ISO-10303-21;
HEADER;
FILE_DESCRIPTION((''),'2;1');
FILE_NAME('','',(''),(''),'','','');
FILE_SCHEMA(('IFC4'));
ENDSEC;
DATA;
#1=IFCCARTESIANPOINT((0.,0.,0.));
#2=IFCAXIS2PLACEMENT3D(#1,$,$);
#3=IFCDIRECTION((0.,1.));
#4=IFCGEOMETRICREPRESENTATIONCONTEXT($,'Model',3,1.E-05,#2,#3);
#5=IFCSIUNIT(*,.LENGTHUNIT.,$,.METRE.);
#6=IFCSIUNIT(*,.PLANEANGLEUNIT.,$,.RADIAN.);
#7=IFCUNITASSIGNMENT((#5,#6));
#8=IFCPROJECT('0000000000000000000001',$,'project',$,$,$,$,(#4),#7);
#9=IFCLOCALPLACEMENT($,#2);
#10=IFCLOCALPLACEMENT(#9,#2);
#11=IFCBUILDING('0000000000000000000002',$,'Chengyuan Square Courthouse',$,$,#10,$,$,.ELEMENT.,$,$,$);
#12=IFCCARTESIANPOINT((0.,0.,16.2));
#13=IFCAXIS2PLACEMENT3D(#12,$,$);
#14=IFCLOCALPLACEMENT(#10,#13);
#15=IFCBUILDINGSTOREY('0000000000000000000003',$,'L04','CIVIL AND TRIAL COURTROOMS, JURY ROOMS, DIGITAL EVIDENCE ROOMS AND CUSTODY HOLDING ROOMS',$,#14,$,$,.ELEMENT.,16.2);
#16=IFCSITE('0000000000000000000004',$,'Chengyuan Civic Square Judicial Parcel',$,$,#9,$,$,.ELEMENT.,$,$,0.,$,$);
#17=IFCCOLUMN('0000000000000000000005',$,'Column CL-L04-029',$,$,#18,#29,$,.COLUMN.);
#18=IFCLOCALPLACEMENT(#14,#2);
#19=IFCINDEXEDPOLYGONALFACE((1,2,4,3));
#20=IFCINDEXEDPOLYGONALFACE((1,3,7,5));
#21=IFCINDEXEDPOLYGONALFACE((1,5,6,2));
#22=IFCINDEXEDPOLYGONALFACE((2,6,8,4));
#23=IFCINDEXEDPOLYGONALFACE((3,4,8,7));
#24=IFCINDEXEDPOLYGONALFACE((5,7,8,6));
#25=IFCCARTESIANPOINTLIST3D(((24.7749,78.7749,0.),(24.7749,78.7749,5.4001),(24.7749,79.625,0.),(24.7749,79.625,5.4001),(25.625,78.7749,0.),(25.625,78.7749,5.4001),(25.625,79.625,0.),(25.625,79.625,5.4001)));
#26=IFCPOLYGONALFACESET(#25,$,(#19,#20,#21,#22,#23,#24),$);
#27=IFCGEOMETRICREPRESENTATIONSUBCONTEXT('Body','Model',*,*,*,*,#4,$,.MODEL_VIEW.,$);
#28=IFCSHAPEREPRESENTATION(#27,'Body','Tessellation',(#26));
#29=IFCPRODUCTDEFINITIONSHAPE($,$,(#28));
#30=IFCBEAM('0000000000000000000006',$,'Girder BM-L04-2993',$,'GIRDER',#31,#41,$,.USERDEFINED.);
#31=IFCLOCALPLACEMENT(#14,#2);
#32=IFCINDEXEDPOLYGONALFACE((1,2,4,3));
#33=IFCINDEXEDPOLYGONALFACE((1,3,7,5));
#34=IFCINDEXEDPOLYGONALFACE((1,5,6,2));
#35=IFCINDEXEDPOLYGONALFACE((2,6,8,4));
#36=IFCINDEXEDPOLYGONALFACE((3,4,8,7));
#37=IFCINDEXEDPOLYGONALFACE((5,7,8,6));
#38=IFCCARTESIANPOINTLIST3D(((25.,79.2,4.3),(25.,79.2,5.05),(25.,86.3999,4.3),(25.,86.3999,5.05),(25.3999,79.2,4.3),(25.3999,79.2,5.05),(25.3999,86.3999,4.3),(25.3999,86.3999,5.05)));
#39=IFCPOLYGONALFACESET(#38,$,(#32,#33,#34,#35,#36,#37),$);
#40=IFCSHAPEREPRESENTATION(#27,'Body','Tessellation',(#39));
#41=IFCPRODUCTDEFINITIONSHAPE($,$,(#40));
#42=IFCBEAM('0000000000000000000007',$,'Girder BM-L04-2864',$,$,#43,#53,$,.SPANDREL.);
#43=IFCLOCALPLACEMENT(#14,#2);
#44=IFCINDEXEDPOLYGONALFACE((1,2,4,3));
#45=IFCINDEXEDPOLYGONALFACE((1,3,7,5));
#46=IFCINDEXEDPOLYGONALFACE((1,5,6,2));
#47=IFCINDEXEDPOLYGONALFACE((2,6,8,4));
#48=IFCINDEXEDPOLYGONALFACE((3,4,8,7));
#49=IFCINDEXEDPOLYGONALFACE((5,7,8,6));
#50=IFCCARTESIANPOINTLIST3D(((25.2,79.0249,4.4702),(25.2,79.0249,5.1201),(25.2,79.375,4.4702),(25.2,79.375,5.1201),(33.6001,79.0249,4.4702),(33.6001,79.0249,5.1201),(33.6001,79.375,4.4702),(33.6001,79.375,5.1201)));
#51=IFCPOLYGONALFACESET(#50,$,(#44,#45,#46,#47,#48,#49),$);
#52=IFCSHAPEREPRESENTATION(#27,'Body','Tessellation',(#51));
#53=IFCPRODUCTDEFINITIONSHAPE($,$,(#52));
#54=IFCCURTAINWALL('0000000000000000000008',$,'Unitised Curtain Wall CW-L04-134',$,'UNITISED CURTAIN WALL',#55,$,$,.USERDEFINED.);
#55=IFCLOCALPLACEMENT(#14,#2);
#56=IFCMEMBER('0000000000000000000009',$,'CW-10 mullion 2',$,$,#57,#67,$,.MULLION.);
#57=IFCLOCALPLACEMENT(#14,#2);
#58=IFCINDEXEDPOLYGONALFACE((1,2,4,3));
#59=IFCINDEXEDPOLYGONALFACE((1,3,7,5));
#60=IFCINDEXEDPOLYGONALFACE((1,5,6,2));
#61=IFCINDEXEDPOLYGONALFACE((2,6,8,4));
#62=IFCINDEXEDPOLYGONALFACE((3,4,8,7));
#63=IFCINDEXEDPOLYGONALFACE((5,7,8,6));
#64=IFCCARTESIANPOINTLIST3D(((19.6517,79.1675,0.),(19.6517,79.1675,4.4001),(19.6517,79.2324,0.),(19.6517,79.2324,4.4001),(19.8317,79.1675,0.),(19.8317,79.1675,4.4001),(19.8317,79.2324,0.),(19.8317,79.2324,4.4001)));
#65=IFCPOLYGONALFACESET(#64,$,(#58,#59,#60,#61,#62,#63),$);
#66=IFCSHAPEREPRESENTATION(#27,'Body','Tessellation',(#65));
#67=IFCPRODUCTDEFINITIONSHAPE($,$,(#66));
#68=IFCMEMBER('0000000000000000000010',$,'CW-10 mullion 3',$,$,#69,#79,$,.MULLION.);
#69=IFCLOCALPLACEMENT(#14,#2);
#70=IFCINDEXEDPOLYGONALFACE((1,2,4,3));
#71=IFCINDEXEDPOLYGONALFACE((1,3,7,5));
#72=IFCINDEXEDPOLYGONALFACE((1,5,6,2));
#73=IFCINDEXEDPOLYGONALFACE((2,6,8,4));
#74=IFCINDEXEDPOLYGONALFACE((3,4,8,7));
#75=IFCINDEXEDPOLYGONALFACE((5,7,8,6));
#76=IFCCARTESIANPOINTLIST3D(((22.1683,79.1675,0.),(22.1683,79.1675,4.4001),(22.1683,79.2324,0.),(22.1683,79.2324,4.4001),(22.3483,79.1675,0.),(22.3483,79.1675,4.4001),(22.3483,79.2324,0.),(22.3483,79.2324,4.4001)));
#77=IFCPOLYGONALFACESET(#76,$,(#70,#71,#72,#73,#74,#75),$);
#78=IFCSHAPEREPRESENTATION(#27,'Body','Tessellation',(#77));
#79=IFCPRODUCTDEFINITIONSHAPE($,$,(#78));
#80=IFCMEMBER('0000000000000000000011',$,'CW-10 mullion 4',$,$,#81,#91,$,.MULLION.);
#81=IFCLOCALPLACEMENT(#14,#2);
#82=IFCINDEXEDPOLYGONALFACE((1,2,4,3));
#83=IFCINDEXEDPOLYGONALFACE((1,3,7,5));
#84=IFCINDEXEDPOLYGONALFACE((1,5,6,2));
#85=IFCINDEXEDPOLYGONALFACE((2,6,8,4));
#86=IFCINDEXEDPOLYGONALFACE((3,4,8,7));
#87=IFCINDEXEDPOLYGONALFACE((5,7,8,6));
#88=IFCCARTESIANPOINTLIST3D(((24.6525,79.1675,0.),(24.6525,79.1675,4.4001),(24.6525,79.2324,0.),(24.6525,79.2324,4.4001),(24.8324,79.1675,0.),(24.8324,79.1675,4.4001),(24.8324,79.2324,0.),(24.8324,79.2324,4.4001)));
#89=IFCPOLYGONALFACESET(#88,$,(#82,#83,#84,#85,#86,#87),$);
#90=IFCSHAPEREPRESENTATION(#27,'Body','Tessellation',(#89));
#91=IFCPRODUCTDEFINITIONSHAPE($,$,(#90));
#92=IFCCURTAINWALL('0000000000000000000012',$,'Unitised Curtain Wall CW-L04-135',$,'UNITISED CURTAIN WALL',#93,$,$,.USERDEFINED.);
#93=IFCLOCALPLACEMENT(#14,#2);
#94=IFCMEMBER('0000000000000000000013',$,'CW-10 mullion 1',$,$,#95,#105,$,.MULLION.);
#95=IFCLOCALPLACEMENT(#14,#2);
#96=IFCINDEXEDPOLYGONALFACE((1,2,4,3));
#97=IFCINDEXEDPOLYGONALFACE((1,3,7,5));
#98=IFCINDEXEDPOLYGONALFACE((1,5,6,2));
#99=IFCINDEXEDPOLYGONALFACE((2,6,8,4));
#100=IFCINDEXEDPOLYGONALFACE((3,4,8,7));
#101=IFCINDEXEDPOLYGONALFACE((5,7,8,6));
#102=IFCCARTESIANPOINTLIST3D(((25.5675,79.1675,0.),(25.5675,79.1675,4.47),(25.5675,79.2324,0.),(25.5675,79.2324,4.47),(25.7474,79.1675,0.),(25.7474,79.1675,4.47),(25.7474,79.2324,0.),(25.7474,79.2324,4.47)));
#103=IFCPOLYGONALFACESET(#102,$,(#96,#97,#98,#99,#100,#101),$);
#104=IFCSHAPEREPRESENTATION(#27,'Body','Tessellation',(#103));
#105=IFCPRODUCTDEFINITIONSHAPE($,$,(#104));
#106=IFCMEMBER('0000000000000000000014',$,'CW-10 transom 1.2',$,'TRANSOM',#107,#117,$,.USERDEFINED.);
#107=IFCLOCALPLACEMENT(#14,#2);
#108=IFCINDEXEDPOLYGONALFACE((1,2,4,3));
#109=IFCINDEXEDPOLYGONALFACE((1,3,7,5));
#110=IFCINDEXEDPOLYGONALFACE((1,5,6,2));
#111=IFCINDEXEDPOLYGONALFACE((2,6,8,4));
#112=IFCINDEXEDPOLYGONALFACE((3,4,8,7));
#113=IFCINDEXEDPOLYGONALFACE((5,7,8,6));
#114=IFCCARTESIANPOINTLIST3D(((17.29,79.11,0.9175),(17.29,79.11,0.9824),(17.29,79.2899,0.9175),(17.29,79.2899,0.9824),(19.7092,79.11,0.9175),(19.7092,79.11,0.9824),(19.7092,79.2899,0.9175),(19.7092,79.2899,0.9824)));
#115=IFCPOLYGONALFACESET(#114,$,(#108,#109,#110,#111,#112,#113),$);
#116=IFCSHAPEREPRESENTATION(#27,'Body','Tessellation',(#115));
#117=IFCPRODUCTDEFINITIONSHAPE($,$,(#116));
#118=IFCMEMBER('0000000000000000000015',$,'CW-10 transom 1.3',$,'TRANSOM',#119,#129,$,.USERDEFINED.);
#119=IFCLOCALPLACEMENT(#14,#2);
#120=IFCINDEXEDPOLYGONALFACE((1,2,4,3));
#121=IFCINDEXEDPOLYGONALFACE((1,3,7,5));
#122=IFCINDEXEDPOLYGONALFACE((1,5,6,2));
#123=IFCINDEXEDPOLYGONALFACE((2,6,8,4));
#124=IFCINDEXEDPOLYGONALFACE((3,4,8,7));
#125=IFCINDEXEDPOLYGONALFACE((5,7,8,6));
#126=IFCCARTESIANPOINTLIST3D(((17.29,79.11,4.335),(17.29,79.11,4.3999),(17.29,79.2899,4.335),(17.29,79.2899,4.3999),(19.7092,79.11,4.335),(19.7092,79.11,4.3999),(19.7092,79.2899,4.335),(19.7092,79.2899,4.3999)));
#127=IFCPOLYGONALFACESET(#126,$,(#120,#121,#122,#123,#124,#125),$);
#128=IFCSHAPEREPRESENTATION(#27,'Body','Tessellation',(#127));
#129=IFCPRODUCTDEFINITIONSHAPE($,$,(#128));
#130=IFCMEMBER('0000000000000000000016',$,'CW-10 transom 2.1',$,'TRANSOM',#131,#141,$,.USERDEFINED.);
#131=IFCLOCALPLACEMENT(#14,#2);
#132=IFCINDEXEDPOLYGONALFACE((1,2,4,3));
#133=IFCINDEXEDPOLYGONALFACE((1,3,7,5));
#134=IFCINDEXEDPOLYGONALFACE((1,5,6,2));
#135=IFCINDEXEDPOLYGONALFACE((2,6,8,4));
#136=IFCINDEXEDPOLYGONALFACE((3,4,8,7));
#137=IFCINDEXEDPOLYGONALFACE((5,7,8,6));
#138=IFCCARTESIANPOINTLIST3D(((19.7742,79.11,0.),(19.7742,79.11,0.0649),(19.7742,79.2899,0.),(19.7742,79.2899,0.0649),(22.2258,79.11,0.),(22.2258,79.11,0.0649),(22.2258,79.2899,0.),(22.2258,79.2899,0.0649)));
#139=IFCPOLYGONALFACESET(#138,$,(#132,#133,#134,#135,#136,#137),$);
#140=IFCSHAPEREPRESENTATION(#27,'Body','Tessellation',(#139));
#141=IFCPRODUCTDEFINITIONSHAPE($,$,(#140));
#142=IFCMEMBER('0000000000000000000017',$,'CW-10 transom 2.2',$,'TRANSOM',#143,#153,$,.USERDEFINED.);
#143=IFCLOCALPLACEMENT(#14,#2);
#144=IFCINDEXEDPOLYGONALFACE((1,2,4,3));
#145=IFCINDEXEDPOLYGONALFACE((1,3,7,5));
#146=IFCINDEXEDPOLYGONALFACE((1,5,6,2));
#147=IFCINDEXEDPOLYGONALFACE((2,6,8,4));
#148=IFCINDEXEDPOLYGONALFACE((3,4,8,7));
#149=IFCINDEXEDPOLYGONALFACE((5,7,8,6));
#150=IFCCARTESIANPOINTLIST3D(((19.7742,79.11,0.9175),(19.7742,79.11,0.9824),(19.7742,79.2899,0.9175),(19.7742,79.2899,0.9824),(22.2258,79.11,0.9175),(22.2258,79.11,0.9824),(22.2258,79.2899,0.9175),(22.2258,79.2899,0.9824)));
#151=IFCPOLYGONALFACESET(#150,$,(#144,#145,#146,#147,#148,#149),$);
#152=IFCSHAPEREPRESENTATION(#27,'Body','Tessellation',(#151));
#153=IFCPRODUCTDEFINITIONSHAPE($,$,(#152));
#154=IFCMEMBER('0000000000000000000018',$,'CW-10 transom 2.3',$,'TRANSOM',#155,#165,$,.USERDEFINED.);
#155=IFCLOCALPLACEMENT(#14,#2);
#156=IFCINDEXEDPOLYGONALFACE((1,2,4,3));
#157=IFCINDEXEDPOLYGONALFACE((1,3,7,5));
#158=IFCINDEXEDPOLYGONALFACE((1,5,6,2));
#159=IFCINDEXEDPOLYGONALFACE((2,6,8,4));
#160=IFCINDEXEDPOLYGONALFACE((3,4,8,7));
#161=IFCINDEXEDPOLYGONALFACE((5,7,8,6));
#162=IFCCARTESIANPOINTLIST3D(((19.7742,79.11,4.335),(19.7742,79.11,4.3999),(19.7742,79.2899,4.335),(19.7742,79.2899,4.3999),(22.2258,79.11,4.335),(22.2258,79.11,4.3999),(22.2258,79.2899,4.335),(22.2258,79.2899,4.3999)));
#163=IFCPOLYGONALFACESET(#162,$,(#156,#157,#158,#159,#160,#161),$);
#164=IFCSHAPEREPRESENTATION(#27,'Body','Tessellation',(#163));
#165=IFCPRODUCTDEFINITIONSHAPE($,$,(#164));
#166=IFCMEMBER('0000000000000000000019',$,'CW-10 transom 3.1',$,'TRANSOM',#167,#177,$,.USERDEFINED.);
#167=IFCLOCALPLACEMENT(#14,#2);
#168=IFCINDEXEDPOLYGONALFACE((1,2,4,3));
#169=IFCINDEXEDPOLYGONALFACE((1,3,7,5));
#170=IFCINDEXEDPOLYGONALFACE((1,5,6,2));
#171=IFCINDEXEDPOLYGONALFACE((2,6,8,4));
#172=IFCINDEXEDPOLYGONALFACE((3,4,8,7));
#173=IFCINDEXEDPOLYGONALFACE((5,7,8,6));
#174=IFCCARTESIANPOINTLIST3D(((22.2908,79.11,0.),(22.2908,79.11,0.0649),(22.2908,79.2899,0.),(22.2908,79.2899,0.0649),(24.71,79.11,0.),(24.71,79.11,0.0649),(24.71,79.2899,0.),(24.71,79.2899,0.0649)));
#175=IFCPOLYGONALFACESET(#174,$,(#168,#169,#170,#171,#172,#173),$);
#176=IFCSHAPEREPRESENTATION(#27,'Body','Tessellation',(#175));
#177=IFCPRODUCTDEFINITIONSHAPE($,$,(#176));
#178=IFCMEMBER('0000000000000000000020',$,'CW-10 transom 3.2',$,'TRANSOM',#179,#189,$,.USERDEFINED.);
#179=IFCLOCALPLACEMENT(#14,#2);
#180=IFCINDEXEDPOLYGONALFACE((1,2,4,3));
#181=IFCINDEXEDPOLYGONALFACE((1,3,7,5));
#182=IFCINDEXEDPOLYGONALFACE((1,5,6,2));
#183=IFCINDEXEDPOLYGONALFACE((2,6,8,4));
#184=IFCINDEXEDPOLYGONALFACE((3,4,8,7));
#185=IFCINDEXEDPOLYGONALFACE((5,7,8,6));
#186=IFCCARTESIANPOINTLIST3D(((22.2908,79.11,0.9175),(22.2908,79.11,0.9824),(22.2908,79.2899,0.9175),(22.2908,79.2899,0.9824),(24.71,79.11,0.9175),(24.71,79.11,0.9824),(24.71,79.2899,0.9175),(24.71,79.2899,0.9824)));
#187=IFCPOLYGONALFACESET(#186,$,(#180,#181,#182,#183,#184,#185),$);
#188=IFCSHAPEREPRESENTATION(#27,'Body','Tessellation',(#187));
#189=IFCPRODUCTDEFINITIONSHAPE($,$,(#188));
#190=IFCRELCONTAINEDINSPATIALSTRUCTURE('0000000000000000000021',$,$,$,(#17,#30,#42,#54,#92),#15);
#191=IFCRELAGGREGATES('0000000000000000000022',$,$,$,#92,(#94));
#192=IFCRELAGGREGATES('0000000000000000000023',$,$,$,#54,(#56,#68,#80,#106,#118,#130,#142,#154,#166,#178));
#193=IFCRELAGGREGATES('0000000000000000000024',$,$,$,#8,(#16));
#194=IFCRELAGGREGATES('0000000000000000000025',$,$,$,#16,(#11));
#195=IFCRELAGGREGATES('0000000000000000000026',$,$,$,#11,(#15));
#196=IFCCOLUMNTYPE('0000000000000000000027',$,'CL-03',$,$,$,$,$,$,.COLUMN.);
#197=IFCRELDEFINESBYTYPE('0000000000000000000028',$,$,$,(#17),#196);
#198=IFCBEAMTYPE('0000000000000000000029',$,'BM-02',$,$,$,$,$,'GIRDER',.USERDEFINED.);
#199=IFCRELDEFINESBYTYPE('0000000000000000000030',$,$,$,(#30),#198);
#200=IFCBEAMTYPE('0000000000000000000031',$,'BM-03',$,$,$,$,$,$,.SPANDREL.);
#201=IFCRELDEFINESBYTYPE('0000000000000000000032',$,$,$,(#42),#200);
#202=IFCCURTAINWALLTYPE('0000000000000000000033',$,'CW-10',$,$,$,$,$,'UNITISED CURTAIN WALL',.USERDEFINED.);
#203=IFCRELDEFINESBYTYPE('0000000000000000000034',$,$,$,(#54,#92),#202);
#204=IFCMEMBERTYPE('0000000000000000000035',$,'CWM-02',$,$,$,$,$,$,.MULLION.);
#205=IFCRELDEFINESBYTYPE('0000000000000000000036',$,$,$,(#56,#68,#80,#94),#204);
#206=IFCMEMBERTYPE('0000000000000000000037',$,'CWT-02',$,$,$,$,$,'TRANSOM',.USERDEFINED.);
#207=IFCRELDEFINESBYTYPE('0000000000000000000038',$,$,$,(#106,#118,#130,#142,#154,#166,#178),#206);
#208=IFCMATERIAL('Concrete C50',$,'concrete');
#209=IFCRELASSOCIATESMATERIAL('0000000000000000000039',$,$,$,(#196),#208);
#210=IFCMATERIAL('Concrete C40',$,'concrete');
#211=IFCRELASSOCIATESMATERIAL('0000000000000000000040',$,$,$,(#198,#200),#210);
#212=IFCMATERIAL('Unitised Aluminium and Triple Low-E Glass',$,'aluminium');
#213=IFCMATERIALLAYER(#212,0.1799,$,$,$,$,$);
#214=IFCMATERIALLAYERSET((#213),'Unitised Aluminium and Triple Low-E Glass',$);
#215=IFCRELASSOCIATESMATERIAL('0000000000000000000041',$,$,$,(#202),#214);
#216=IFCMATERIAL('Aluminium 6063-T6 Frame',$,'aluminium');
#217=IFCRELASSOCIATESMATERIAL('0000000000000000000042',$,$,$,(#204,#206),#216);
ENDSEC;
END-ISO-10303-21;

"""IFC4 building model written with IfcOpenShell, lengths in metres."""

from ifc_helpers import new_model, si_unit, direction, frame, origin, origin_2d, place, context, subcontext, project, spatial, rectangle, extrude, material, layer, layer_set, material_profile, profile_set, type_object, element, aggregate, save


model = new_model("IFC4")

# Units and contexts
model_context = context("Model", 3, precision=1e-05, world=origin(), true_north=direction((0.0, 1.0)))
body_context = subcontext(model_context, "Body", "Model", "MODEL_VIEW")
ifc_project = project(units=[si_unit("LENGTHUNIT", "METRE"), si_unit("PLANEANGLEUNIT", "RADIAN")], contexts=[model_context])

# Site, building, storey
site_placement = place(None, origin())
site = spatial("IfcSite", under=ifc_project, at=site_placement, Name="Chengyuan Civic Square Judicial Parcel", CompositionType="ELEMENT", RefElevation=0.0)
building_placement = place(site_placement, origin())
building = spatial("IfcBuilding", under=site, at=building_placement, Name="Chengyuan Square Courthouse", CompositionType="ELEMENT")
storey_placement = place(building_placement, frame((0.0, 0.0, 16.2)))
storey = spatial("IfcBuildingStorey", under=building, at=storey_placement, Name="L04", Description="CIVIL AND TRIAL COURTROOMS, JURY ROOMS, DIGITAL EVIDENCE ROOMS AND CUSTODY HOLDING ROOMS", CompositionType="ELEMENT", Elevation=16.2)

# Column
ifc_material_1 = material(Name="Concrete C50", Category="concrete")
ifc_material_profile_1 = material_profile(ifc_material_1, rectangle(XDim=0.8501, YDim=0.8501, at=origin_2d()), Name="RC-COL-850x850")
ifc_profile_set_1 = profile_set([ifc_material_profile_1], Name="Concrete C50")
column_type = type_object("IfcColumnType", Name="CL-03", PredefinedType="COLUMN", material=ifc_profile_set_1)
column_placement = place(storey_placement, frame((25.2, 79.2, 0.0), z_axis=(0.0, 0.0, 1.0), x_axis=(1.0, 0.0, 0.0)))
element("IfcColumn", 1, at=column_placement, inside=storey, type_object=column_type, Name="Column CL-L04-029", PredefinedType="COLUMN", context=body_context, shape_type="SweptSolid", body=[
    extrude(rectangle(XDim=0.8501, YDim=0.8501, at=origin_2d()), origin(), (0.0, 0.0, 1.0), 5.4001),
])

# Beams
ifc_material_2 = material(Name="Concrete C40", Category="concrete")
ifc_material_profile_2 = material_profile(ifc_material_2, rectangle(XDim=0.3999, YDim=0.75, at=origin_2d()), Name="RC-BM-400x750")
ifc_profile_set_2 = profile_set([ifc_material_profile_2], Name="Concrete C40")
beam_type_1 = type_object("IfcBeamType", Name="BM-02", ElementType="GIRDER", PredefinedType="USERDEFINED", material=ifc_profile_set_2)
beam_1_placement = place(storey_placement, frame((25.2, 79.2, 4.675), z_axis=(0.0, 1.0, 0.0), x_axis=(-1.0, 0.0, 0.0)))
element("IfcBeam", 2, at=beam_1_placement, inside=storey, type_object=beam_type_1, Name="Girder BM-L04-2993", ObjectType="GIRDER", PredefinedType="USERDEFINED", context=body_context, shape_type="SweptSolid", body=[
    extrude(rectangle(XDim=0.3999, YDim=0.75, at=origin_2d()), origin(), (0.0, 0.0, 1.0), 7.2),
])
ifc_material_profile_3 = material_profile(ifc_material_2, rectangle(XDim=0.3501, YDim=0.6499, at=origin_2d()), Name="RC-BM-350x650")
ifc_profile_set_3 = profile_set([ifc_material_profile_3], Name="Concrete C40")
beam_type_2 = type_object("IfcBeamType", Name="BM-03", PredefinedType="SPANDREL", material=ifc_profile_set_3)
beam_2_placement = place(storey_placement, frame((25.2, 79.2, 4.7952), z_axis=(1.0, 0.0, 0.0), x_axis=(0.0, 1.0, 0.0)))
element("IfcBeam", 3, at=beam_2_placement, inside=storey, type_object=beam_type_2, Name="Girder BM-L04-2864", PredefinedType="SPANDREL", context=body_context, shape_type="SweptSolid", body=[
    extrude(rectangle(XDim=0.3501, YDim=0.6499, at=origin_2d()), origin(), (0.0, 0.0, 1.0), 8.4001),
])

# Curtain wall, members
ifc_material_3 = material(Name="Unitised Aluminium and Triple Low-E Glass", Category="aluminium")
ifc_layer_1 = layer(ifc_material_3, 0.1799)
ifc_layer_set_1 = layer_set([ifc_layer_1], Name="Unitised Aluminium and Triple Low-E Glass")
curtain_wall_type = type_object("IfcCurtainWallType", Name="CW-10", ElementType="UNITISED CURTAIN WALL", PredefinedType="USERDEFINED", material=ifc_layer_set_1)
curtain_wall_1_placement = place(storey_placement, origin())
curtain_wall_1 = element("IfcCurtainWall", 4, at=curtain_wall_1_placement, inside=storey, type_object=curtain_wall_type, Name="Unitised Curtain Wall CW-L04-134", ObjectType="UNITISED CURTAIN WALL", PredefinedType="USERDEFINED")
ifc_material_4 = material(Name="Aluminium 6063-T6 Frame", Category="aluminium")
ifc_material_profile_4 = material_profile(ifc_material_4, rectangle(XDim=0.0649, YDim=0.1799, at=origin_2d()), Name="CW-MUL-65x180")
ifc_profile_set_4 = profile_set([ifc_material_profile_4], Name="Aluminium 6063-T6 Frame")
member_type_1 = type_object("IfcMemberType", Name="CWM-02", PredefinedType="MULLION", material=ifc_profile_set_4)
member_1_placement = place(storey_placement, frame((19.7417, 79.2, 0.0), z_axis=(0.0, 0.0, 1.0), x_axis=(0.0, 1.0, 0.0)))
member_1 = element("IfcMember", 5, at=member_1_placement, type_object=member_type_1, Name="CW-10 mullion 2", PredefinedType="MULLION", context=body_context, shape_type="SweptSolid", body=[
    extrude(rectangle(XDim=0.0649, YDim=0.1799, at=origin_2d()), origin(), (0.0, 0.0, 1.0), 4.4001),
])
member_2_placement = place(storey_placement, frame((22.2583, 79.2, 0.0), z_axis=(0.0, 0.0, 1.0), x_axis=(0.0, 1.0, 0.0)))
member_2 = element("IfcMember", 6, at=member_2_placement, type_object=member_type_1, Name="CW-10 mullion 3", PredefinedType="MULLION", context=body_context, shape_type="SweptSolid", body=[
    extrude(rectangle(XDim=0.0649, YDim=0.1799, at=origin_2d()), origin(), (0.0, 0.0, 1.0), 4.4001),
])
member_3_placement = place(storey_placement, frame((24.7424, 79.2, 0.0), z_axis=(0.0, 0.0, 1.0), x_axis=(0.0, 1.0, 0.0)))
member_3 = element("IfcMember", 7, at=member_3_placement, type_object=member_type_1, Name="CW-10 mullion 4", PredefinedType="MULLION", context=body_context, shape_type="SweptSolid", body=[
    extrude(rectangle(XDim=0.0649, YDim=0.1799, at=origin_2d()), origin(), (0.0, 0.0, 1.0), 4.4001),
])

# Curtain wall, member
curtain_wall_2_placement = place(storey_placement, origin())
curtain_wall_2 = element("IfcCurtainWall", 8, at=curtain_wall_2_placement, inside=storey, type_object=curtain_wall_type, Name="Unitised Curtain Wall CW-L04-135", ObjectType="UNITISED CURTAIN WALL", PredefinedType="USERDEFINED")
member_4_placement = place(storey_placement, frame((25.6575, 79.2, 0.0), z_axis=(0.0, 0.0, 1.0), x_axis=(0.0, 1.0, 0.0)))
member_4 = element("IfcMember", 9, at=member_4_placement, type_object=member_type_1, Name="CW-10 mullion 1", PredefinedType="MULLION", context=body_context, shape_type="SweptSolid", body=[
    extrude(rectangle(XDim=0.0649, YDim=0.1799, at=origin_2d()), origin(), (0.0, 0.0, 1.0), 4.47),
])

# Members
ifc_material_profile_5 = material_profile(ifc_material_4, rectangle(XDim=0.1799, YDim=0.0649, at=origin_2d()), Name="CW-TRN-65x140")
ifc_profile_set_5 = profile_set([ifc_material_profile_5], Name="Aluminium 6063-T6 Frame")
member_type_2 = type_object("IfcMemberType", Name="CWT-02", ElementType="TRANSOM", PredefinedType="USERDEFINED", material=ifc_profile_set_5)
member_5_placement = place(storey_placement, frame((17.29, 79.2, 0.95), z_axis=(1.0, 0.0, 0.0), x_axis=(0.0, 1.0, 0.0)))
member_5 = element("IfcMember", 10, at=member_5_placement, type_object=member_type_2, Name="CW-10 transom 1.2", ObjectType="TRANSOM", PredefinedType="USERDEFINED", context=body_context, shape_type="SweptSolid", body=[
    extrude(rectangle(XDim=0.1799, YDim=0.0649, at=origin_2d()), origin(), (0.0, 0.0, 1.0), 2.4192),
])
member_6_placement = place(storey_placement, frame((17.29, 79.2, 4.3674), z_axis=(1.0, 0.0, 0.0), x_axis=(0.0, 1.0, 0.0)))
member_6 = element("IfcMember", 11, at=member_6_placement, type_object=member_type_2, Name="CW-10 transom 1.3", ObjectType="TRANSOM", PredefinedType="USERDEFINED", context=body_context, shape_type="SweptSolid", body=[
    extrude(rectangle(XDim=0.1799, YDim=0.0649, at=origin_2d()), origin(), (0.0, 0.0, 1.0), 2.4192),
])
member_7_placement = place(storey_placement, frame((19.7742, 79.2, 0.0325), z_axis=(1.0, 0.0, 0.0), x_axis=(0.0, 1.0, 0.0)))
member_7 = element("IfcMember", 12, at=member_7_placement, type_object=member_type_2, Name="CW-10 transom 2.1", ObjectType="TRANSOM", PredefinedType="USERDEFINED", context=body_context, shape_type="SweptSolid", body=[
    extrude(rectangle(XDim=0.1799, YDim=0.0649, at=origin_2d()), origin(), (0.0, 0.0, 1.0), 2.4517),
])
member_8_placement = place(storey_placement, frame((19.7742, 79.2, 0.95), z_axis=(1.0, 0.0, 0.0), x_axis=(0.0, 1.0, 0.0)))
member_8 = element("IfcMember", 13, at=member_8_placement, type_object=member_type_2, Name="CW-10 transom 2.2", ObjectType="TRANSOM", PredefinedType="USERDEFINED", context=body_context, shape_type="SweptSolid", body=[
    extrude(rectangle(XDim=0.1799, YDim=0.0649, at=origin_2d()), origin(), (0.0, 0.0, 1.0), 2.4517),
])
member_9_placement = place(storey_placement, frame((19.7742, 79.2, 4.3674), z_axis=(1.0, 0.0, 0.0), x_axis=(0.0, 1.0, 0.0)))
member_9 = element("IfcMember", 14, at=member_9_placement, type_object=member_type_2, Name="CW-10 transom 2.3", ObjectType="TRANSOM", PredefinedType="USERDEFINED", context=body_context, shape_type="SweptSolid", body=[
    extrude(rectangle(XDim=0.1799, YDim=0.0649, at=origin_2d()), origin(), (0.0, 0.0, 1.0), 2.4517),
])
member_10_placement = place(storey_placement, frame((22.2908, 79.2, 0.0325), z_axis=(1.0, 0.0, 0.0), x_axis=(0.0, 1.0, 0.0)))
member_10 = element("IfcMember", 15, at=member_10_placement, type_object=member_type_2, Name="CW-10 transom 3.1", ObjectType="TRANSOM", PredefinedType="USERDEFINED", context=body_context, shape_type="SweptSolid", body=[
    extrude(rectangle(XDim=0.1799, YDim=0.0649, at=origin_2d()), origin(), (0.0, 0.0, 1.0), 2.4192),
])
member_11_placement = place(storey_placement, frame((22.2908, 79.2, 0.95), z_axis=(1.0, 0.0, 0.0), x_axis=(0.0, 1.0, 0.0)))
member_11 = element("IfcMember", 16, at=member_11_placement, type_object=member_type_2, Name="CW-10 transom 3.2", ObjectType="TRANSOM", PredefinedType="USERDEFINED", context=body_context, shape_type="SweptSolid", body=[
    extrude(rectangle(XDim=0.1799, YDim=0.0649, at=origin_2d()), origin(), (0.0, 0.0, 1.0), 2.4192),
])
aggregate(curtain_wall_2, [member_4])

aggregate(curtain_wall_1, [member_1, member_2, member_3, member_5, member_6, member_7, member_8, member_9, member_10, member_11])

save(model, "model.ifc")
